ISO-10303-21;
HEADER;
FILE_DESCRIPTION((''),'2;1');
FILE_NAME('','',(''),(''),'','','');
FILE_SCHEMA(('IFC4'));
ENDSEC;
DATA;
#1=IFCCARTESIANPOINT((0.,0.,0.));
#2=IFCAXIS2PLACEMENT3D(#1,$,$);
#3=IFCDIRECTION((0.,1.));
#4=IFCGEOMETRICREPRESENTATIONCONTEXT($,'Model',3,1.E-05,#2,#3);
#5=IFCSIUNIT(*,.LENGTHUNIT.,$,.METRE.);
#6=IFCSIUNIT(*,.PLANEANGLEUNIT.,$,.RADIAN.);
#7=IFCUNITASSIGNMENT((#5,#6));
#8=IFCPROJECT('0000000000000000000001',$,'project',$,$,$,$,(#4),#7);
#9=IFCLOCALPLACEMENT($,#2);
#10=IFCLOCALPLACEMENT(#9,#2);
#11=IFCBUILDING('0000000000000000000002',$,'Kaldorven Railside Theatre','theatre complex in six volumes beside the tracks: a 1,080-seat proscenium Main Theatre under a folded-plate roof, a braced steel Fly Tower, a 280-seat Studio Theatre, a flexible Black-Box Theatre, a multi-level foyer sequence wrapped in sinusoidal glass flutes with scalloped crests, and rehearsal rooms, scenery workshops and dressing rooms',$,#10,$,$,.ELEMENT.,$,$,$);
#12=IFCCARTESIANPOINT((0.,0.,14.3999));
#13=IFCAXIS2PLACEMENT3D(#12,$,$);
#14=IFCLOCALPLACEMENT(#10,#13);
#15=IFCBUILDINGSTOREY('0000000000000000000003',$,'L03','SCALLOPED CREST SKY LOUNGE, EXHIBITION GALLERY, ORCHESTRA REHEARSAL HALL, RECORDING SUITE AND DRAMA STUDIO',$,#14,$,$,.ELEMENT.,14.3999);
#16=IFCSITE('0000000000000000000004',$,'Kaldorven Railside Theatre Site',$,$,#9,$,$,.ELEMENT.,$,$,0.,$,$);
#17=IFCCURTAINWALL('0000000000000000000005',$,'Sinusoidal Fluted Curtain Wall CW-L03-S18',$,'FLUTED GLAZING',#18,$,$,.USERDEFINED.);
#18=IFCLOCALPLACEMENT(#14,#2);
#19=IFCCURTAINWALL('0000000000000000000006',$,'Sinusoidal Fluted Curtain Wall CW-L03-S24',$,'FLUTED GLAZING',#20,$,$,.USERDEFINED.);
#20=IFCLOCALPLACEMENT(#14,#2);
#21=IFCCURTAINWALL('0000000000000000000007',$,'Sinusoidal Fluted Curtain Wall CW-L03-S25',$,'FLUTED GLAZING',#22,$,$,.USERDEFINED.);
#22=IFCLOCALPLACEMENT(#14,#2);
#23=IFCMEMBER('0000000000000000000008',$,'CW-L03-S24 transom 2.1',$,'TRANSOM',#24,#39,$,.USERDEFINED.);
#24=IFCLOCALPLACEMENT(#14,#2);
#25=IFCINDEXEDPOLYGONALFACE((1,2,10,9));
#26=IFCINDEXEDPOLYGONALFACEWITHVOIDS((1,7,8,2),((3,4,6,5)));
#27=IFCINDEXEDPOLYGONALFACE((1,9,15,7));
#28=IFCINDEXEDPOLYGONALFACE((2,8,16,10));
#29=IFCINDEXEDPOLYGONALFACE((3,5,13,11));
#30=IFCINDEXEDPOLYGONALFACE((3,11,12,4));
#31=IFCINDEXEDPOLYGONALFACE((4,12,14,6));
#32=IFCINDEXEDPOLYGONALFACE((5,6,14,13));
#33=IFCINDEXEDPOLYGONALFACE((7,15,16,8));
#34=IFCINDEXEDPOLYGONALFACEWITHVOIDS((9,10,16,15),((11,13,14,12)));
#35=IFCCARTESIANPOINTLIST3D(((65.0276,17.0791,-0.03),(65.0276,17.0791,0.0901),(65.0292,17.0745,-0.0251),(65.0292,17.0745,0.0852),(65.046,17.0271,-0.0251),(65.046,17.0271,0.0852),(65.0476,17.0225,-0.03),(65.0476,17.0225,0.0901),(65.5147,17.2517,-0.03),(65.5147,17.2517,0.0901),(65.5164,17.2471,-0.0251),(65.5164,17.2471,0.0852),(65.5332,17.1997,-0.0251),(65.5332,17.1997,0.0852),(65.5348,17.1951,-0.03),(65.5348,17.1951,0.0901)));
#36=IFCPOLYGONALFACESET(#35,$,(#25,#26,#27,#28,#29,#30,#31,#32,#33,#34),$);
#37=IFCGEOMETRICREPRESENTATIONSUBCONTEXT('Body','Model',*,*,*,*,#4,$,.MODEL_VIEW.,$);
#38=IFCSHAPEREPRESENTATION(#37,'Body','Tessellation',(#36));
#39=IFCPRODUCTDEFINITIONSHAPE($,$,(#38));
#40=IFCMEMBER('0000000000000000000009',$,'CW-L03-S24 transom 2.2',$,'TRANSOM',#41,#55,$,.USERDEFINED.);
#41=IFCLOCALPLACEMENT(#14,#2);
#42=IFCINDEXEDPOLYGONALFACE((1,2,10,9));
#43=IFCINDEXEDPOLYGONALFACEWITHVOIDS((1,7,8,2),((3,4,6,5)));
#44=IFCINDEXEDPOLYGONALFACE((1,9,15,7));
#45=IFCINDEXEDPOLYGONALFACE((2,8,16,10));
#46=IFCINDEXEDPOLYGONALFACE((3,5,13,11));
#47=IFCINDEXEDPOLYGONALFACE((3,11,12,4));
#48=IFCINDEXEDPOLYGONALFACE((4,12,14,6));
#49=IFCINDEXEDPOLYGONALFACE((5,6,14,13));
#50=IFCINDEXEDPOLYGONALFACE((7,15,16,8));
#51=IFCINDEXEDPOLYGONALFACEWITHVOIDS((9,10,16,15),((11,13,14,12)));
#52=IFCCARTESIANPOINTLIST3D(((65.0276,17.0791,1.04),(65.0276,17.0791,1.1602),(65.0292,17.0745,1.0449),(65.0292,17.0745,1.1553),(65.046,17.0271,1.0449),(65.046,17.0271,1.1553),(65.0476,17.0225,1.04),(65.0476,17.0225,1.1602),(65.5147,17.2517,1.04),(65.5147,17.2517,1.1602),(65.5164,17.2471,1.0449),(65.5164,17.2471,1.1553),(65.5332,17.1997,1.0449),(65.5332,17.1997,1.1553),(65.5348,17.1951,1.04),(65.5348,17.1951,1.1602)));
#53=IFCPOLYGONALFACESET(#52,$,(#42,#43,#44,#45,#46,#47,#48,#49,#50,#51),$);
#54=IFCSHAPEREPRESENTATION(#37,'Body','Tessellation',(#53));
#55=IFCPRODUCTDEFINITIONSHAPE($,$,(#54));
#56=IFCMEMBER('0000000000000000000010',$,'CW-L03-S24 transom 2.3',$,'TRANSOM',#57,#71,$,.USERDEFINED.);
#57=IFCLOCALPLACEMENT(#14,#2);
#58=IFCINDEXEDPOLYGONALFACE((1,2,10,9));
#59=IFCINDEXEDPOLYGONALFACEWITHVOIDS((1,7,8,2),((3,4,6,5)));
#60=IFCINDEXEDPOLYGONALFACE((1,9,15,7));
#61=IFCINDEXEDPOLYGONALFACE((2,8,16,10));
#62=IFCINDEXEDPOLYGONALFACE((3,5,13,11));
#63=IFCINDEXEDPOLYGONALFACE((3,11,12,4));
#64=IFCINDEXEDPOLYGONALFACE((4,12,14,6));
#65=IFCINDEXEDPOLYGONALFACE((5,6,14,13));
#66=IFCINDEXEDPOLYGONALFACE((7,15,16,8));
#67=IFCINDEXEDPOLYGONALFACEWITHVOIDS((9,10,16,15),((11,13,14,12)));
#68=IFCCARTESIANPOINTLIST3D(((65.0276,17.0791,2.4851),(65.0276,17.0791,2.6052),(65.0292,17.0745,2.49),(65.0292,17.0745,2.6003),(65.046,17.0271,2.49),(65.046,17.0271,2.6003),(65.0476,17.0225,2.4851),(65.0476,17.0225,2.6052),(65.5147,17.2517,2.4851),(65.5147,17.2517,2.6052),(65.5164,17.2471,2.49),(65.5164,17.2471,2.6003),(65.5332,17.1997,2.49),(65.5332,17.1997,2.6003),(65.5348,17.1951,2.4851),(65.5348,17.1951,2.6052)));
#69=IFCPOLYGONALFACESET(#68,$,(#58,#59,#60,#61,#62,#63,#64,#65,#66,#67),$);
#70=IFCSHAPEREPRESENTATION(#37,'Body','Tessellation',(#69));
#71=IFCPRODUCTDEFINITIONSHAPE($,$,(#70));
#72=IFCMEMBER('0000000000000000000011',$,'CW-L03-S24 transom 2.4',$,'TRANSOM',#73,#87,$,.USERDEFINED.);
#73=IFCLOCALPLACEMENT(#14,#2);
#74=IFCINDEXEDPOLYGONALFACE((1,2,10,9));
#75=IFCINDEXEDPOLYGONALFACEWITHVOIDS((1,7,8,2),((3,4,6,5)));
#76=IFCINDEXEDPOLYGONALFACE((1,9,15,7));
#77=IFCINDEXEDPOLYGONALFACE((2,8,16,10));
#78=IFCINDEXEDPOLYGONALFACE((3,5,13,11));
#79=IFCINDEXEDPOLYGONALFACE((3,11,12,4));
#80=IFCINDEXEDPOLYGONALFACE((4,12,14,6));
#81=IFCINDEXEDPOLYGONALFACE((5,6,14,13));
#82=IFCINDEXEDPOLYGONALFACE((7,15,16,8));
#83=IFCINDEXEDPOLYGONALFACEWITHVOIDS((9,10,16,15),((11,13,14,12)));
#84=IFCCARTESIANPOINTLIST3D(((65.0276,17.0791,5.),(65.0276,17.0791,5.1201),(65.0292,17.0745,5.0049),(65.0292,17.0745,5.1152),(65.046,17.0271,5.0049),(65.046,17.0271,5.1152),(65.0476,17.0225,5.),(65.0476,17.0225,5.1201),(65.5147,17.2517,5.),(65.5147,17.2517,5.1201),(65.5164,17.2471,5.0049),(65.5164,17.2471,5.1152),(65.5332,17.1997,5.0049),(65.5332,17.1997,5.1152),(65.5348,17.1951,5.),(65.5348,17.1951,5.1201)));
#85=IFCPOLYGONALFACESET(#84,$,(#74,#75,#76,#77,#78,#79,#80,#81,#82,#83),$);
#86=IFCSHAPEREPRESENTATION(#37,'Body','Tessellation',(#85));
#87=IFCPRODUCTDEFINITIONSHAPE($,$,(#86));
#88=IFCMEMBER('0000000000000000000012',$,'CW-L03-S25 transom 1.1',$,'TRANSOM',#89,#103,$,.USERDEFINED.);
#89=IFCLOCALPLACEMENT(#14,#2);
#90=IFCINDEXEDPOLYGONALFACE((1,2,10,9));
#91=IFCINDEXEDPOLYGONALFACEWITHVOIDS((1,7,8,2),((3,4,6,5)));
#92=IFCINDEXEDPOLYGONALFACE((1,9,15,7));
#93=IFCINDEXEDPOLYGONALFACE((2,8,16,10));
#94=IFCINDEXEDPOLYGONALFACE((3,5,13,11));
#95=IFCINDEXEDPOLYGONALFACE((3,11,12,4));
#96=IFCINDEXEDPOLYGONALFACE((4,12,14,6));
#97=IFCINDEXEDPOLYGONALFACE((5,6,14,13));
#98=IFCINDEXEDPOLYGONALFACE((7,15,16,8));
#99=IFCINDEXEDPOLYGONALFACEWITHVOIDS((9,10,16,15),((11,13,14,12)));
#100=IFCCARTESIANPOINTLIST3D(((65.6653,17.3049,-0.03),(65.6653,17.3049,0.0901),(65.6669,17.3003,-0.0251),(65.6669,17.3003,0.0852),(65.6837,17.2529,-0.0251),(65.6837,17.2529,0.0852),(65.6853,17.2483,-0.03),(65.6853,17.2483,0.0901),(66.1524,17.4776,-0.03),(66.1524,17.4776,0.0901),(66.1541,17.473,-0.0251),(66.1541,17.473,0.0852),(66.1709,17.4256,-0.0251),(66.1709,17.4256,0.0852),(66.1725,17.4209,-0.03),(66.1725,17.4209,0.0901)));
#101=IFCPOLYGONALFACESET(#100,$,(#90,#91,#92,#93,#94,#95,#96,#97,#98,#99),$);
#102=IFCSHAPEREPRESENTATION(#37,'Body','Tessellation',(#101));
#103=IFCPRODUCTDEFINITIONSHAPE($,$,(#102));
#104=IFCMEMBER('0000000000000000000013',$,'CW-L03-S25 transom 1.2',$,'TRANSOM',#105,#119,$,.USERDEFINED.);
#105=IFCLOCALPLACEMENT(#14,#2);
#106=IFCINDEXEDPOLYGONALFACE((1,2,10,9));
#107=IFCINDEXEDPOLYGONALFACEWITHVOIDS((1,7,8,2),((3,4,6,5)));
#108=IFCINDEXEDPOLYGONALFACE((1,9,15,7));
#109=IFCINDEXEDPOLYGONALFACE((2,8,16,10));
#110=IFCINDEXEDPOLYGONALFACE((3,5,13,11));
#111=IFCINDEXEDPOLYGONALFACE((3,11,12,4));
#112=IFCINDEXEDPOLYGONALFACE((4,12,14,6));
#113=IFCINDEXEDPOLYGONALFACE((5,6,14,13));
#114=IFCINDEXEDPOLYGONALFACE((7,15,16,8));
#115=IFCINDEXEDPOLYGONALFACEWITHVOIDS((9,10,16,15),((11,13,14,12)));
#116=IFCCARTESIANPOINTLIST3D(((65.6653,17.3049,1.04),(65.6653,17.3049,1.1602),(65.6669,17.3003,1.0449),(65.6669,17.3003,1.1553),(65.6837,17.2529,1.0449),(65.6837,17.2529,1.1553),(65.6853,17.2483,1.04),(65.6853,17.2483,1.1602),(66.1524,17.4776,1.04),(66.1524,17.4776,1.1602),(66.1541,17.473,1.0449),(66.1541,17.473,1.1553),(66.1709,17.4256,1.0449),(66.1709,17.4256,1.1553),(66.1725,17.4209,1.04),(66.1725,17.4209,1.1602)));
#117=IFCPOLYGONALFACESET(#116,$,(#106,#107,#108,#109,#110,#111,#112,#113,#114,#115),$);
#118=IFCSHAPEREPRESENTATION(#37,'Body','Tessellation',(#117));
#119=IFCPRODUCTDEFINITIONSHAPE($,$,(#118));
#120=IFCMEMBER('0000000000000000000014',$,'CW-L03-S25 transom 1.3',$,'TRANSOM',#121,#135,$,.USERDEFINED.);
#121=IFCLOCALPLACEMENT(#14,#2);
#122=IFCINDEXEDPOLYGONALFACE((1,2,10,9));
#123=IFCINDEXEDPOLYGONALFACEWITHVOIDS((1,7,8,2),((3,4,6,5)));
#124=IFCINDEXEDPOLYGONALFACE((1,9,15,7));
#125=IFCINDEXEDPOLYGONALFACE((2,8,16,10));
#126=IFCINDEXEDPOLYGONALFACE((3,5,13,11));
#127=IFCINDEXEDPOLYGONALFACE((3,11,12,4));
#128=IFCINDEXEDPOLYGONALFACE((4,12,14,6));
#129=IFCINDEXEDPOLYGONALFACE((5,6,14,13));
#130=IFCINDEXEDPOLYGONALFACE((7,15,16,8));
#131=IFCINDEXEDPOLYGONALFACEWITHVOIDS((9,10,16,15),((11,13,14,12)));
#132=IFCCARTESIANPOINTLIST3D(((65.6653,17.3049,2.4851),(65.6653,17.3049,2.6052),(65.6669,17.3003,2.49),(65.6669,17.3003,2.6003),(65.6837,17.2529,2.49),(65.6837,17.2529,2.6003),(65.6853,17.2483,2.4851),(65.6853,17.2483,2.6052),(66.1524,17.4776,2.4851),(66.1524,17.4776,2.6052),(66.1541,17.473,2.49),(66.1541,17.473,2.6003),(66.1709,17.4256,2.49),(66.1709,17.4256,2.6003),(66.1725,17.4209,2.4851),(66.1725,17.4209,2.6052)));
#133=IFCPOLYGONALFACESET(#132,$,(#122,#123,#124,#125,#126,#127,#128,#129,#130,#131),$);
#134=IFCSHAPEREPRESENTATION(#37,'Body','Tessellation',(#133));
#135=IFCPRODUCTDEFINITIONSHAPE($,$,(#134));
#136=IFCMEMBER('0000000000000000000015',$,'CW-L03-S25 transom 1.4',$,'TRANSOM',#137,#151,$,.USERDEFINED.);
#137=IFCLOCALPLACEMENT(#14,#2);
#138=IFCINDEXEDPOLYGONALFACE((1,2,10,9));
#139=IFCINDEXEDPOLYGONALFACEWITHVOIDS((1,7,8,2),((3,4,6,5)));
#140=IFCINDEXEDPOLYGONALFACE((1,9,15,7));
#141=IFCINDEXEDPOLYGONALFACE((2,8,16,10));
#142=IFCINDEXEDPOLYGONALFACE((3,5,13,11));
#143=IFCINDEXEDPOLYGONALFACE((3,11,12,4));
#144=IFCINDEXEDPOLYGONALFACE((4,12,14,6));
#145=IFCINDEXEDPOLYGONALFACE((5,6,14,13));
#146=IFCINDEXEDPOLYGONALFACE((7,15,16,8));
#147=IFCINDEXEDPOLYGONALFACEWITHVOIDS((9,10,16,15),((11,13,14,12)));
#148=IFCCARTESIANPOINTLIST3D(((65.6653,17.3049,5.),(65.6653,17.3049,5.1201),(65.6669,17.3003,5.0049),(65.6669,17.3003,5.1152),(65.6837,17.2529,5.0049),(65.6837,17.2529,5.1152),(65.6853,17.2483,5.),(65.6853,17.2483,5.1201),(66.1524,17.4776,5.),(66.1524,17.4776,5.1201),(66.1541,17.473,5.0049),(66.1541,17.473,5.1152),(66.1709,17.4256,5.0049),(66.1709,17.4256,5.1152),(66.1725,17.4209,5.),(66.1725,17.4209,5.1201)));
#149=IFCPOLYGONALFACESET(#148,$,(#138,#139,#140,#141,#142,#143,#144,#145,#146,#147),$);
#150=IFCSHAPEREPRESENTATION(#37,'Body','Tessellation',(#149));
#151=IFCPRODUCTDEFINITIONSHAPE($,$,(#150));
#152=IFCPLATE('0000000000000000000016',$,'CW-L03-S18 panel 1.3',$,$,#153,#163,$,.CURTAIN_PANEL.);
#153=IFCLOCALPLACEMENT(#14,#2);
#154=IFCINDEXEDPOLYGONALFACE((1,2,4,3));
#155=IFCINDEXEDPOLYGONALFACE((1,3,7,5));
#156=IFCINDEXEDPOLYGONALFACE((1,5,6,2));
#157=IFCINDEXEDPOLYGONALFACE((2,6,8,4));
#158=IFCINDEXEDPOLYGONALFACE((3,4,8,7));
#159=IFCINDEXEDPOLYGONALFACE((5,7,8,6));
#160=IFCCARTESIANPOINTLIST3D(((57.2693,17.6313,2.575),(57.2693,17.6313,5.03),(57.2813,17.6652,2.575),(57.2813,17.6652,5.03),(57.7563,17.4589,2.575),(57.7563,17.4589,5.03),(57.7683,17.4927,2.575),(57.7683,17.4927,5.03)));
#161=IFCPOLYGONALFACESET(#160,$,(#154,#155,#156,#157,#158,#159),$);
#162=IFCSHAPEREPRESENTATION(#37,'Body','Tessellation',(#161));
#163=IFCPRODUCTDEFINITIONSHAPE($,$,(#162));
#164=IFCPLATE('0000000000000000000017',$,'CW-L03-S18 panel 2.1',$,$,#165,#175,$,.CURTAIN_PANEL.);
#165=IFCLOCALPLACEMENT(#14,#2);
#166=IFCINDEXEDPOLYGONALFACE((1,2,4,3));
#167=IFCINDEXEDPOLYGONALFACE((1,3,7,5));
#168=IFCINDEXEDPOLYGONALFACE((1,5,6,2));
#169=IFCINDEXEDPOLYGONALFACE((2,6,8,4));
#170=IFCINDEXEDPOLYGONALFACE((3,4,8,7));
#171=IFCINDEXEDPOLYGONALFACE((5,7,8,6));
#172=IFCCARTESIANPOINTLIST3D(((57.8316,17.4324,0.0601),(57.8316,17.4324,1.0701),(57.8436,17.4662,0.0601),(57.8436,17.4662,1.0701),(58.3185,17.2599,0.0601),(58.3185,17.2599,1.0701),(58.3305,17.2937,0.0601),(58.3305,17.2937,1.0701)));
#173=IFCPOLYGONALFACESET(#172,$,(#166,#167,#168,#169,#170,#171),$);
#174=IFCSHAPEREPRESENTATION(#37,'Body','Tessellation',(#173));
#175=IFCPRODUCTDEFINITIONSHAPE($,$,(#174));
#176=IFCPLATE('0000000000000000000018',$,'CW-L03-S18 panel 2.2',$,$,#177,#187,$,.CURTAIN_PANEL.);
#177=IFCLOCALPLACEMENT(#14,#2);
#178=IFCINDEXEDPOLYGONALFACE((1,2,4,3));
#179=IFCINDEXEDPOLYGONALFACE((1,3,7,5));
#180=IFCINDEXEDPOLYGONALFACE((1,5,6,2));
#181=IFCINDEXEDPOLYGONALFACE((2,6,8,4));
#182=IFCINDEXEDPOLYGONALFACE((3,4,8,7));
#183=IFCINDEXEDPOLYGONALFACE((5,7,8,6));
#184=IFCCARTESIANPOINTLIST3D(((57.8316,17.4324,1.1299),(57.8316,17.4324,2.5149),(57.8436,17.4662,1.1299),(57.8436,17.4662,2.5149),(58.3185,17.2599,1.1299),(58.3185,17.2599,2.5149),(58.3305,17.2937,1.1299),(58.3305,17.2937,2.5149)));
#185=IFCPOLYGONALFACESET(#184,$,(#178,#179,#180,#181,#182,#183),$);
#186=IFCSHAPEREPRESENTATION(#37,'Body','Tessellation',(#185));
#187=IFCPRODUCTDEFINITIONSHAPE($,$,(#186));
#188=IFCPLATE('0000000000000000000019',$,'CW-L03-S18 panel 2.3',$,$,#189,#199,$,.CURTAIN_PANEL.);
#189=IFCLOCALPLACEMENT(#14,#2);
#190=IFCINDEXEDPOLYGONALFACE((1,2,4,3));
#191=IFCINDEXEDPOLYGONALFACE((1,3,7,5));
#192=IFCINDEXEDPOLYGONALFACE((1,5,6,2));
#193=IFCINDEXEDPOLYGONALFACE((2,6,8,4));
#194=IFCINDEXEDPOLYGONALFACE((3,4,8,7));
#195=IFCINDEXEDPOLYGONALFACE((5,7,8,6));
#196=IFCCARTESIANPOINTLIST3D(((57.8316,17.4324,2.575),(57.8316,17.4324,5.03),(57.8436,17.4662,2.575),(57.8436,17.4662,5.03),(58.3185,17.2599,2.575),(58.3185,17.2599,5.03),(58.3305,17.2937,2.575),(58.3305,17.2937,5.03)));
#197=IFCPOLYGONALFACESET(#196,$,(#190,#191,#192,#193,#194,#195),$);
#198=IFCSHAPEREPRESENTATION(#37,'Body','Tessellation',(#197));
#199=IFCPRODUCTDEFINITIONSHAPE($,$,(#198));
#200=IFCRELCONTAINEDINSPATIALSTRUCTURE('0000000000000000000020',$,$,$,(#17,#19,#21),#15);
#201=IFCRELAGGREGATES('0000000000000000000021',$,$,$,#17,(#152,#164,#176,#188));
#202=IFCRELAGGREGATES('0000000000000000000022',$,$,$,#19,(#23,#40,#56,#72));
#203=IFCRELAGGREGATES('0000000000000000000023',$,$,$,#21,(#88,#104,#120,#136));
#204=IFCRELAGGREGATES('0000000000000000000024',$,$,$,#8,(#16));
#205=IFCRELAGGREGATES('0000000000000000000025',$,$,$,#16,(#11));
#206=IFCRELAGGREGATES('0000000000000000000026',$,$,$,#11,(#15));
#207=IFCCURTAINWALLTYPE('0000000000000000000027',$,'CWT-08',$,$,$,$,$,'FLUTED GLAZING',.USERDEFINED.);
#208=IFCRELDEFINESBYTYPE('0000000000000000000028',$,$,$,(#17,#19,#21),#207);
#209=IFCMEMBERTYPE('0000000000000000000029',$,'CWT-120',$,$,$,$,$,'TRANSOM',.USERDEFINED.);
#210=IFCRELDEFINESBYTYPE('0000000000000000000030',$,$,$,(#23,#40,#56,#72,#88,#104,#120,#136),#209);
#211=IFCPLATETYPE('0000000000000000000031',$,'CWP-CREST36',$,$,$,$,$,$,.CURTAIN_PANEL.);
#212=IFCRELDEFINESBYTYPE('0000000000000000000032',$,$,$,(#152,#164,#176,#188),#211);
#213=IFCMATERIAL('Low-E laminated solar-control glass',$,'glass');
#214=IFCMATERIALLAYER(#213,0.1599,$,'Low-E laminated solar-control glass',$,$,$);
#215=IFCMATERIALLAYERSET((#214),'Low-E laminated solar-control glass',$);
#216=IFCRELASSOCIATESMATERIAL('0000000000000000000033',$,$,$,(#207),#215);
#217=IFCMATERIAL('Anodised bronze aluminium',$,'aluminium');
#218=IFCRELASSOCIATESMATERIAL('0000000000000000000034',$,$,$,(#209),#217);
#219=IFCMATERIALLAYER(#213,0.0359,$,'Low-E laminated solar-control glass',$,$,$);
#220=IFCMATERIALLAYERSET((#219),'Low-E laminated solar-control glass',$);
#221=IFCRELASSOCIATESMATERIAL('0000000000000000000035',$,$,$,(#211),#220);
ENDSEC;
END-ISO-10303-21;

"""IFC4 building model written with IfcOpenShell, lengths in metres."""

from ifc_helpers import new_model, si_unit, direction, frame, origin, origin_2d, place, context, subcontext, project, spatial, rectangle, hollow_rectangle, extrude, material, layer, layer_set, material_profile, profile_set, type_object, element, aggregate, save


model = new_model("IFC4")

# Units and contexts
model_context = context("Model", 3, precision=1e-05, world=origin(), true_north=direction((0.0, 1.0)))
body_context = subcontext(model_context, "Body", "Model", "MODEL_VIEW")
ifc_project = project(units=[si_unit("LENGTHUNIT", "METRE"), si_unit("PLANEANGLEUNIT", "RADIAN")], contexts=[model_context])

# Site, building, storey
site_placement = place(None, origin())
site = spatial("IfcSite", under=ifc_project, at=site_placement, Name="Kaldorven Railside Theatre Site", CompositionType="ELEMENT", RefElevation=0.0)
building_placement = place(site_placement, origin())
building = spatial("IfcBuilding", under=site, at=building_placement, Name="Kaldorven Railside Theatre", Description="theatre complex in six volumes beside the tracks: a 1,080-seat proscenium Main Theatre under a folded-plate roof, a braced steel Fly Tower, a 280-seat Studio Theatre, a flexible Black-Box Theatre, a multi-level foyer sequence wrapped in sinusoidal glass flutes with scalloped crests, and rehearsal rooms, scenery workshops and dressing rooms", CompositionType="ELEMENT")
storey_placement = place(building_placement, frame((0.0, 0.0, 14.3999)))
storey = spatial("IfcBuildingStorey", under=building, at=storey_placement, Name="L03", Description="SCALLOPED CREST SKY LOUNGE, EXHIBITION GALLERY, ORCHESTRA REHEARSAL HALL, RECORDING SUITE AND DRAMA STUDIO", CompositionType="ELEMENT", Elevation=14.3999)

# Curtain walls
ifc_material_1 = material(Name="Low-E laminated solar-control glass", Category="glass")
ifc_layer_1 = layer(ifc_material_1, 0.1599, Name="Low-E laminated solar-control glass")
ifc_layer_set_1 = layer_set([ifc_layer_1], Name="Low-E laminated solar-control glass")
curtain_wall_type = type_object("IfcCurtainWallType", Name="CWT-08", ElementType="FLUTED GLAZING", PredefinedType="USERDEFINED", material=ifc_layer_set_1)
curtain_wall_1_placement = place(storey_placement, origin())
curtain_wall_1 = element("IfcCurtainWall", 1, at=curtain_wall_1_placement, inside=storey, type_object=curtain_wall_type, Name="Sinusoidal Fluted Curtain Wall CW-L03-S18", ObjectType="FLUTED GLAZING", PredefinedType="USERDEFINED")
ifc_material_2 = material(Name="Anodised bronze aluminium", Category="aluminium")
curtain_wall_2_placement = place(storey_placement, origin())
curtain_wall_2 = element("IfcCurtainWall", 2, at=curtain_wall_2_placement, inside=storey, type_object=curtain_wall_type, Name="Sinusoidal Fluted Curtain Wall CW-L03-S24", ObjectType="FLUTED GLAZING", PredefinedType="USERDEFINED")

# Curtain wall
curtain_wall_3_placement = place(storey_placement, origin())
curtain_wall_3 = element("IfcCurtainWall", 3, at=curtain_wall_3_placement, inside=storey, type_object=curtain_wall_type, Name="Sinusoidal Fluted Curtain Wall CW-L03-S25", ObjectType="FLUTED GLAZING", PredefinedType="USERDEFINED")

# Members
ifc_material_profile_1 = material_profile(ifc_material_2, hollow_rectangle(XDim=0.0601, YDim=0.1201, WallThickness=0.0049, at=origin_2d()), Name="RHS 120x60x5")
ifc_profile_set_1 = profile_set([ifc_material_profile_1], Name="Anodised bronze aluminium")
member_type_1 = type_object("IfcMemberType", Name="CWT-120", ElementType="TRANSOM", PredefinedType="USERDEFINED", material=ifc_profile_set_1)
member_1_placement = place(storey_placement, frame((65.0376, 17.0508, 0.03), z_axis=(0.942562, 0.334031, 0.0), x_axis=(-0.334031, 0.942562, 0.0)))
member_1 = element("IfcMember", 4, at=member_1_placement, type_object=member_type_1, Name="CW-L03-S24 transom 2.1", ObjectType="TRANSOM", PredefinedType="USERDEFINED", context=body_context, shape_type="SweptSolid", body=[
    extrude(hollow_rectangle(XDim=0.0601, YDim=0.1201, WallThickness=0.0049, at=origin_2d()), origin(), (0.0, 0.0, 1.0), 0.5168),
])
member_2_placement = place(storey_placement, frame((65.0376, 17.0508, 1.1001), z_axis=(0.942562, 0.334031, 0.0), x_axis=(-0.334031, 0.942562, 0.0)))
member_2 = element("IfcMember", 5, at=member_2_placement, type_object=member_type_1, Name="CW-L03-S24 transom 2.2", ObjectType="TRANSOM", PredefinedType="USERDEFINED", context=body_context, shape_type="SweptSolid", body=[
    extrude(hollow_rectangle(XDim=0.0601, YDim=0.1201, WallThickness=0.0049, at=origin_2d()), origin(), (0.0, 0.0, 1.0), 0.5168),
])
member_3_placement = place(storey_placement, frame((65.0376, 17.0508, 2.5452), z_axis=(0.942562, 0.334031, 0.0), x_axis=(-0.334031, 0.942562, 0.0)))
member_3 = element("IfcMember", 6, at=member_3_placement, type_object=member_type_1, Name="CW-L03-S24 transom 2.3", ObjectType="TRANSOM", PredefinedType="USERDEFINED", context=body_context, shape_type="SweptSolid", body=[
    extrude(hollow_rectangle(XDim=0.0601, YDim=0.1201, WallThickness=0.0049, at=origin_2d()), origin(), (0.0, 0.0, 1.0), 0.5168),
])
member_4_placement = place(storey_placement, frame((65.0376, 17.0508, 5.0601), z_axis=(0.942562, 0.334031, 0.0), x_axis=(-0.334031, 0.942562, 0.0)))
member_4 = element("IfcMember", 7, at=member_4_placement, type_object=member_type_1, Name="CW-L03-S24 transom 2.4", ObjectType="TRANSOM", PredefinedType="USERDEFINED", context=body_context, shape_type="SweptSolid", body=[
    extrude(hollow_rectangle(XDim=0.0601, YDim=0.1201, WallThickness=0.0049, at=origin_2d()), origin(), (0.0, 0.0, 1.0), 0.5168),
])
member_5_placement = place(storey_placement, frame((65.6753, 17.2766, 0.03), z_axis=(0.942562, 0.334031, 0.0), x_axis=(-0.334031, 0.942562, 0.0)))
member_5 = element("IfcMember", 8, at=member_5_placement, type_object=member_type_1, Name="CW-L03-S25 transom 1.1", ObjectType="TRANSOM", PredefinedType="USERDEFINED", context=body_context, shape_type="SweptSolid", body=[
    extrude(hollow_rectangle(XDim=0.0601, YDim=0.1201, WallThickness=0.0049, at=origin_2d()), origin(), (0.0, 0.0, 1.0), 0.5168),
])
member_6_placement = place(storey_placement, frame((65.6753, 17.2766, 1.1001), z_axis=(0.942562, 0.334031, 0.0), x_axis=(-0.334031, 0.942562, 0.0)))
member_6 = element("IfcMember", 9, at=member_6_placement, type_object=member_type_1, Name="CW-L03-S25 transom 1.2", ObjectType="TRANSOM", PredefinedType="USERDEFINED", context=body_context, shape_type="SweptSolid", body=[
    extrude(hollow_rectangle(XDim=0.0601, YDim=0.1201, WallThickness=0.0049, at=origin_2d()), origin(), (0.0, 0.0, 1.0), 0.5168),
])
member_7_placement = place(storey_placement, frame((65.6753, 17.2766, 2.5452), z_axis=(0.942562, 0.334031, 0.0), x_axis=(-0.334031, 0.942562, 0.0)))
member_7 = element("IfcMember", 10, at=member_7_placement, type_object=member_type_1, Name="CW-L03-S25 transom 1.3", ObjectType="TRANSOM", PredefinedType="USERDEFINED", context=body_context, shape_type="SweptSolid", body=[
    extrude(hollow_rectangle(XDim=0.0601, YDim=0.1201, WallThickness=0.0049, at=origin_2d()), origin(), (0.0, 0.0, 1.0), 0.5168),
])
member_8_placement = place(storey_placement, frame((65.6753, 17.2766, 5.0601), z_axis=(0.942562, 0.334031, 0.0), x_axis=(-0.334031, 0.942562, 0.0)))
member_8 = element("IfcMember", 11, at=member_8_placement, type_object=member_type_1, Name="CW-L03-S25 transom 1.4", ObjectType="TRANSOM", PredefinedType="USERDEFINED", context=body_context, shape_type="SweptSolid", body=[
    extrude(hollow_rectangle(XDim=0.0601, YDim=0.1201, WallThickness=0.0049, at=origin_2d()), origin(), (0.0, 0.0, 1.0), 0.5168),
])

# Plates
ifc_layer_2 = layer(ifc_material_1, 0.0359, Name="Low-E laminated solar-control glass")
ifc_layer_set_2 = layer_set([ifc_layer_2], Name="Low-E laminated solar-control glass")
plate_type = type_object("IfcPlateType", Name="CWP-CREST36", PredefinedType="CURTAIN_PANEL", material=ifc_layer_set_2)
plate_1_placement = place(storey_placement, frame((57.5188, 17.562, 2.575), z_axis=(0.0, 0.0, 1.0), x_axis=(0.942627, -0.333847, 0.0)))
plate_1 = element("IfcPlate", 12, at=plate_1_placement, type_object=plate_type, Name="CW-L03-S18 panel 1.3", PredefinedType="CURTAIN_PANEL", context=body_context, shape_type="SweptSolid", body=[
    extrude(rectangle(XDim=0.5166, YDim=0.0359, at=origin_2d()), origin(), (0.0, 0.0, 1.0), 2.4551),
])
plate_2_placement = place(storey_placement, frame((58.0811, 17.363, 0.0601), z_axis=(0.0, 0.0, 1.0), x_axis=(0.942627, -0.333847, 0.0)))
plate_2 = element("IfcPlate", 13, at=plate_2_placement, type_object=plate_type, Name="CW-L03-S18 panel 2.1", PredefinedType="CURTAIN_PANEL", context=body_context, shape_type="SweptSolid", body=[
    extrude(rectangle(XDim=0.5166, YDim=0.0359, at=origin_2d()), origin(), (0.0, 0.0, 1.0), 1.01),
])
plate_3_placement = place(storey_placement, frame((58.0811, 17.363, 1.1299), z_axis=(0.0, 0.0, 1.0), x_axis=(0.942627, -0.333847, 0.0)))
plate_3 = element("IfcPlate", 14, at=plate_3_placement, type_object=plate_type, Name="CW-L03-S18 panel 2.2", PredefinedType="CURTAIN_PANEL", context=body_context, shape_type="SweptSolid", body=[
    extrude(rectangle(XDim=0.5166, YDim=0.0359, at=origin_2d()), origin(), (0.0, 0.0, 1.0), 1.385),
])
plate_4_placement = place(storey_placement, frame((58.0811, 17.363, 2.575), z_axis=(0.0, 0.0, 1.0), x_axis=(0.942627, -0.333847, 0.0)))
plate_4 = element("IfcPlate", 15, at=plate_4_placement, type_object=plate_type, Name="CW-L03-S18 panel 2.3", PredefinedType="CURTAIN_PANEL", context=body_context, shape_type="SweptSolid", body=[
    extrude(rectangle(XDim=0.5166, YDim=0.0359, at=origin_2d()), origin(), (0.0, 0.0, 1.0), 2.4551),
])
aggregate(curtain_wall_1, [plate_1, plate_2, plate_3, plate_4])
aggregate(curtain_wall_2, [member_1, member_2, member_3, member_4])
aggregate(curtain_wall_3, [member_5, member_6, member_7, member_8])

save(model, "model.ifc")
